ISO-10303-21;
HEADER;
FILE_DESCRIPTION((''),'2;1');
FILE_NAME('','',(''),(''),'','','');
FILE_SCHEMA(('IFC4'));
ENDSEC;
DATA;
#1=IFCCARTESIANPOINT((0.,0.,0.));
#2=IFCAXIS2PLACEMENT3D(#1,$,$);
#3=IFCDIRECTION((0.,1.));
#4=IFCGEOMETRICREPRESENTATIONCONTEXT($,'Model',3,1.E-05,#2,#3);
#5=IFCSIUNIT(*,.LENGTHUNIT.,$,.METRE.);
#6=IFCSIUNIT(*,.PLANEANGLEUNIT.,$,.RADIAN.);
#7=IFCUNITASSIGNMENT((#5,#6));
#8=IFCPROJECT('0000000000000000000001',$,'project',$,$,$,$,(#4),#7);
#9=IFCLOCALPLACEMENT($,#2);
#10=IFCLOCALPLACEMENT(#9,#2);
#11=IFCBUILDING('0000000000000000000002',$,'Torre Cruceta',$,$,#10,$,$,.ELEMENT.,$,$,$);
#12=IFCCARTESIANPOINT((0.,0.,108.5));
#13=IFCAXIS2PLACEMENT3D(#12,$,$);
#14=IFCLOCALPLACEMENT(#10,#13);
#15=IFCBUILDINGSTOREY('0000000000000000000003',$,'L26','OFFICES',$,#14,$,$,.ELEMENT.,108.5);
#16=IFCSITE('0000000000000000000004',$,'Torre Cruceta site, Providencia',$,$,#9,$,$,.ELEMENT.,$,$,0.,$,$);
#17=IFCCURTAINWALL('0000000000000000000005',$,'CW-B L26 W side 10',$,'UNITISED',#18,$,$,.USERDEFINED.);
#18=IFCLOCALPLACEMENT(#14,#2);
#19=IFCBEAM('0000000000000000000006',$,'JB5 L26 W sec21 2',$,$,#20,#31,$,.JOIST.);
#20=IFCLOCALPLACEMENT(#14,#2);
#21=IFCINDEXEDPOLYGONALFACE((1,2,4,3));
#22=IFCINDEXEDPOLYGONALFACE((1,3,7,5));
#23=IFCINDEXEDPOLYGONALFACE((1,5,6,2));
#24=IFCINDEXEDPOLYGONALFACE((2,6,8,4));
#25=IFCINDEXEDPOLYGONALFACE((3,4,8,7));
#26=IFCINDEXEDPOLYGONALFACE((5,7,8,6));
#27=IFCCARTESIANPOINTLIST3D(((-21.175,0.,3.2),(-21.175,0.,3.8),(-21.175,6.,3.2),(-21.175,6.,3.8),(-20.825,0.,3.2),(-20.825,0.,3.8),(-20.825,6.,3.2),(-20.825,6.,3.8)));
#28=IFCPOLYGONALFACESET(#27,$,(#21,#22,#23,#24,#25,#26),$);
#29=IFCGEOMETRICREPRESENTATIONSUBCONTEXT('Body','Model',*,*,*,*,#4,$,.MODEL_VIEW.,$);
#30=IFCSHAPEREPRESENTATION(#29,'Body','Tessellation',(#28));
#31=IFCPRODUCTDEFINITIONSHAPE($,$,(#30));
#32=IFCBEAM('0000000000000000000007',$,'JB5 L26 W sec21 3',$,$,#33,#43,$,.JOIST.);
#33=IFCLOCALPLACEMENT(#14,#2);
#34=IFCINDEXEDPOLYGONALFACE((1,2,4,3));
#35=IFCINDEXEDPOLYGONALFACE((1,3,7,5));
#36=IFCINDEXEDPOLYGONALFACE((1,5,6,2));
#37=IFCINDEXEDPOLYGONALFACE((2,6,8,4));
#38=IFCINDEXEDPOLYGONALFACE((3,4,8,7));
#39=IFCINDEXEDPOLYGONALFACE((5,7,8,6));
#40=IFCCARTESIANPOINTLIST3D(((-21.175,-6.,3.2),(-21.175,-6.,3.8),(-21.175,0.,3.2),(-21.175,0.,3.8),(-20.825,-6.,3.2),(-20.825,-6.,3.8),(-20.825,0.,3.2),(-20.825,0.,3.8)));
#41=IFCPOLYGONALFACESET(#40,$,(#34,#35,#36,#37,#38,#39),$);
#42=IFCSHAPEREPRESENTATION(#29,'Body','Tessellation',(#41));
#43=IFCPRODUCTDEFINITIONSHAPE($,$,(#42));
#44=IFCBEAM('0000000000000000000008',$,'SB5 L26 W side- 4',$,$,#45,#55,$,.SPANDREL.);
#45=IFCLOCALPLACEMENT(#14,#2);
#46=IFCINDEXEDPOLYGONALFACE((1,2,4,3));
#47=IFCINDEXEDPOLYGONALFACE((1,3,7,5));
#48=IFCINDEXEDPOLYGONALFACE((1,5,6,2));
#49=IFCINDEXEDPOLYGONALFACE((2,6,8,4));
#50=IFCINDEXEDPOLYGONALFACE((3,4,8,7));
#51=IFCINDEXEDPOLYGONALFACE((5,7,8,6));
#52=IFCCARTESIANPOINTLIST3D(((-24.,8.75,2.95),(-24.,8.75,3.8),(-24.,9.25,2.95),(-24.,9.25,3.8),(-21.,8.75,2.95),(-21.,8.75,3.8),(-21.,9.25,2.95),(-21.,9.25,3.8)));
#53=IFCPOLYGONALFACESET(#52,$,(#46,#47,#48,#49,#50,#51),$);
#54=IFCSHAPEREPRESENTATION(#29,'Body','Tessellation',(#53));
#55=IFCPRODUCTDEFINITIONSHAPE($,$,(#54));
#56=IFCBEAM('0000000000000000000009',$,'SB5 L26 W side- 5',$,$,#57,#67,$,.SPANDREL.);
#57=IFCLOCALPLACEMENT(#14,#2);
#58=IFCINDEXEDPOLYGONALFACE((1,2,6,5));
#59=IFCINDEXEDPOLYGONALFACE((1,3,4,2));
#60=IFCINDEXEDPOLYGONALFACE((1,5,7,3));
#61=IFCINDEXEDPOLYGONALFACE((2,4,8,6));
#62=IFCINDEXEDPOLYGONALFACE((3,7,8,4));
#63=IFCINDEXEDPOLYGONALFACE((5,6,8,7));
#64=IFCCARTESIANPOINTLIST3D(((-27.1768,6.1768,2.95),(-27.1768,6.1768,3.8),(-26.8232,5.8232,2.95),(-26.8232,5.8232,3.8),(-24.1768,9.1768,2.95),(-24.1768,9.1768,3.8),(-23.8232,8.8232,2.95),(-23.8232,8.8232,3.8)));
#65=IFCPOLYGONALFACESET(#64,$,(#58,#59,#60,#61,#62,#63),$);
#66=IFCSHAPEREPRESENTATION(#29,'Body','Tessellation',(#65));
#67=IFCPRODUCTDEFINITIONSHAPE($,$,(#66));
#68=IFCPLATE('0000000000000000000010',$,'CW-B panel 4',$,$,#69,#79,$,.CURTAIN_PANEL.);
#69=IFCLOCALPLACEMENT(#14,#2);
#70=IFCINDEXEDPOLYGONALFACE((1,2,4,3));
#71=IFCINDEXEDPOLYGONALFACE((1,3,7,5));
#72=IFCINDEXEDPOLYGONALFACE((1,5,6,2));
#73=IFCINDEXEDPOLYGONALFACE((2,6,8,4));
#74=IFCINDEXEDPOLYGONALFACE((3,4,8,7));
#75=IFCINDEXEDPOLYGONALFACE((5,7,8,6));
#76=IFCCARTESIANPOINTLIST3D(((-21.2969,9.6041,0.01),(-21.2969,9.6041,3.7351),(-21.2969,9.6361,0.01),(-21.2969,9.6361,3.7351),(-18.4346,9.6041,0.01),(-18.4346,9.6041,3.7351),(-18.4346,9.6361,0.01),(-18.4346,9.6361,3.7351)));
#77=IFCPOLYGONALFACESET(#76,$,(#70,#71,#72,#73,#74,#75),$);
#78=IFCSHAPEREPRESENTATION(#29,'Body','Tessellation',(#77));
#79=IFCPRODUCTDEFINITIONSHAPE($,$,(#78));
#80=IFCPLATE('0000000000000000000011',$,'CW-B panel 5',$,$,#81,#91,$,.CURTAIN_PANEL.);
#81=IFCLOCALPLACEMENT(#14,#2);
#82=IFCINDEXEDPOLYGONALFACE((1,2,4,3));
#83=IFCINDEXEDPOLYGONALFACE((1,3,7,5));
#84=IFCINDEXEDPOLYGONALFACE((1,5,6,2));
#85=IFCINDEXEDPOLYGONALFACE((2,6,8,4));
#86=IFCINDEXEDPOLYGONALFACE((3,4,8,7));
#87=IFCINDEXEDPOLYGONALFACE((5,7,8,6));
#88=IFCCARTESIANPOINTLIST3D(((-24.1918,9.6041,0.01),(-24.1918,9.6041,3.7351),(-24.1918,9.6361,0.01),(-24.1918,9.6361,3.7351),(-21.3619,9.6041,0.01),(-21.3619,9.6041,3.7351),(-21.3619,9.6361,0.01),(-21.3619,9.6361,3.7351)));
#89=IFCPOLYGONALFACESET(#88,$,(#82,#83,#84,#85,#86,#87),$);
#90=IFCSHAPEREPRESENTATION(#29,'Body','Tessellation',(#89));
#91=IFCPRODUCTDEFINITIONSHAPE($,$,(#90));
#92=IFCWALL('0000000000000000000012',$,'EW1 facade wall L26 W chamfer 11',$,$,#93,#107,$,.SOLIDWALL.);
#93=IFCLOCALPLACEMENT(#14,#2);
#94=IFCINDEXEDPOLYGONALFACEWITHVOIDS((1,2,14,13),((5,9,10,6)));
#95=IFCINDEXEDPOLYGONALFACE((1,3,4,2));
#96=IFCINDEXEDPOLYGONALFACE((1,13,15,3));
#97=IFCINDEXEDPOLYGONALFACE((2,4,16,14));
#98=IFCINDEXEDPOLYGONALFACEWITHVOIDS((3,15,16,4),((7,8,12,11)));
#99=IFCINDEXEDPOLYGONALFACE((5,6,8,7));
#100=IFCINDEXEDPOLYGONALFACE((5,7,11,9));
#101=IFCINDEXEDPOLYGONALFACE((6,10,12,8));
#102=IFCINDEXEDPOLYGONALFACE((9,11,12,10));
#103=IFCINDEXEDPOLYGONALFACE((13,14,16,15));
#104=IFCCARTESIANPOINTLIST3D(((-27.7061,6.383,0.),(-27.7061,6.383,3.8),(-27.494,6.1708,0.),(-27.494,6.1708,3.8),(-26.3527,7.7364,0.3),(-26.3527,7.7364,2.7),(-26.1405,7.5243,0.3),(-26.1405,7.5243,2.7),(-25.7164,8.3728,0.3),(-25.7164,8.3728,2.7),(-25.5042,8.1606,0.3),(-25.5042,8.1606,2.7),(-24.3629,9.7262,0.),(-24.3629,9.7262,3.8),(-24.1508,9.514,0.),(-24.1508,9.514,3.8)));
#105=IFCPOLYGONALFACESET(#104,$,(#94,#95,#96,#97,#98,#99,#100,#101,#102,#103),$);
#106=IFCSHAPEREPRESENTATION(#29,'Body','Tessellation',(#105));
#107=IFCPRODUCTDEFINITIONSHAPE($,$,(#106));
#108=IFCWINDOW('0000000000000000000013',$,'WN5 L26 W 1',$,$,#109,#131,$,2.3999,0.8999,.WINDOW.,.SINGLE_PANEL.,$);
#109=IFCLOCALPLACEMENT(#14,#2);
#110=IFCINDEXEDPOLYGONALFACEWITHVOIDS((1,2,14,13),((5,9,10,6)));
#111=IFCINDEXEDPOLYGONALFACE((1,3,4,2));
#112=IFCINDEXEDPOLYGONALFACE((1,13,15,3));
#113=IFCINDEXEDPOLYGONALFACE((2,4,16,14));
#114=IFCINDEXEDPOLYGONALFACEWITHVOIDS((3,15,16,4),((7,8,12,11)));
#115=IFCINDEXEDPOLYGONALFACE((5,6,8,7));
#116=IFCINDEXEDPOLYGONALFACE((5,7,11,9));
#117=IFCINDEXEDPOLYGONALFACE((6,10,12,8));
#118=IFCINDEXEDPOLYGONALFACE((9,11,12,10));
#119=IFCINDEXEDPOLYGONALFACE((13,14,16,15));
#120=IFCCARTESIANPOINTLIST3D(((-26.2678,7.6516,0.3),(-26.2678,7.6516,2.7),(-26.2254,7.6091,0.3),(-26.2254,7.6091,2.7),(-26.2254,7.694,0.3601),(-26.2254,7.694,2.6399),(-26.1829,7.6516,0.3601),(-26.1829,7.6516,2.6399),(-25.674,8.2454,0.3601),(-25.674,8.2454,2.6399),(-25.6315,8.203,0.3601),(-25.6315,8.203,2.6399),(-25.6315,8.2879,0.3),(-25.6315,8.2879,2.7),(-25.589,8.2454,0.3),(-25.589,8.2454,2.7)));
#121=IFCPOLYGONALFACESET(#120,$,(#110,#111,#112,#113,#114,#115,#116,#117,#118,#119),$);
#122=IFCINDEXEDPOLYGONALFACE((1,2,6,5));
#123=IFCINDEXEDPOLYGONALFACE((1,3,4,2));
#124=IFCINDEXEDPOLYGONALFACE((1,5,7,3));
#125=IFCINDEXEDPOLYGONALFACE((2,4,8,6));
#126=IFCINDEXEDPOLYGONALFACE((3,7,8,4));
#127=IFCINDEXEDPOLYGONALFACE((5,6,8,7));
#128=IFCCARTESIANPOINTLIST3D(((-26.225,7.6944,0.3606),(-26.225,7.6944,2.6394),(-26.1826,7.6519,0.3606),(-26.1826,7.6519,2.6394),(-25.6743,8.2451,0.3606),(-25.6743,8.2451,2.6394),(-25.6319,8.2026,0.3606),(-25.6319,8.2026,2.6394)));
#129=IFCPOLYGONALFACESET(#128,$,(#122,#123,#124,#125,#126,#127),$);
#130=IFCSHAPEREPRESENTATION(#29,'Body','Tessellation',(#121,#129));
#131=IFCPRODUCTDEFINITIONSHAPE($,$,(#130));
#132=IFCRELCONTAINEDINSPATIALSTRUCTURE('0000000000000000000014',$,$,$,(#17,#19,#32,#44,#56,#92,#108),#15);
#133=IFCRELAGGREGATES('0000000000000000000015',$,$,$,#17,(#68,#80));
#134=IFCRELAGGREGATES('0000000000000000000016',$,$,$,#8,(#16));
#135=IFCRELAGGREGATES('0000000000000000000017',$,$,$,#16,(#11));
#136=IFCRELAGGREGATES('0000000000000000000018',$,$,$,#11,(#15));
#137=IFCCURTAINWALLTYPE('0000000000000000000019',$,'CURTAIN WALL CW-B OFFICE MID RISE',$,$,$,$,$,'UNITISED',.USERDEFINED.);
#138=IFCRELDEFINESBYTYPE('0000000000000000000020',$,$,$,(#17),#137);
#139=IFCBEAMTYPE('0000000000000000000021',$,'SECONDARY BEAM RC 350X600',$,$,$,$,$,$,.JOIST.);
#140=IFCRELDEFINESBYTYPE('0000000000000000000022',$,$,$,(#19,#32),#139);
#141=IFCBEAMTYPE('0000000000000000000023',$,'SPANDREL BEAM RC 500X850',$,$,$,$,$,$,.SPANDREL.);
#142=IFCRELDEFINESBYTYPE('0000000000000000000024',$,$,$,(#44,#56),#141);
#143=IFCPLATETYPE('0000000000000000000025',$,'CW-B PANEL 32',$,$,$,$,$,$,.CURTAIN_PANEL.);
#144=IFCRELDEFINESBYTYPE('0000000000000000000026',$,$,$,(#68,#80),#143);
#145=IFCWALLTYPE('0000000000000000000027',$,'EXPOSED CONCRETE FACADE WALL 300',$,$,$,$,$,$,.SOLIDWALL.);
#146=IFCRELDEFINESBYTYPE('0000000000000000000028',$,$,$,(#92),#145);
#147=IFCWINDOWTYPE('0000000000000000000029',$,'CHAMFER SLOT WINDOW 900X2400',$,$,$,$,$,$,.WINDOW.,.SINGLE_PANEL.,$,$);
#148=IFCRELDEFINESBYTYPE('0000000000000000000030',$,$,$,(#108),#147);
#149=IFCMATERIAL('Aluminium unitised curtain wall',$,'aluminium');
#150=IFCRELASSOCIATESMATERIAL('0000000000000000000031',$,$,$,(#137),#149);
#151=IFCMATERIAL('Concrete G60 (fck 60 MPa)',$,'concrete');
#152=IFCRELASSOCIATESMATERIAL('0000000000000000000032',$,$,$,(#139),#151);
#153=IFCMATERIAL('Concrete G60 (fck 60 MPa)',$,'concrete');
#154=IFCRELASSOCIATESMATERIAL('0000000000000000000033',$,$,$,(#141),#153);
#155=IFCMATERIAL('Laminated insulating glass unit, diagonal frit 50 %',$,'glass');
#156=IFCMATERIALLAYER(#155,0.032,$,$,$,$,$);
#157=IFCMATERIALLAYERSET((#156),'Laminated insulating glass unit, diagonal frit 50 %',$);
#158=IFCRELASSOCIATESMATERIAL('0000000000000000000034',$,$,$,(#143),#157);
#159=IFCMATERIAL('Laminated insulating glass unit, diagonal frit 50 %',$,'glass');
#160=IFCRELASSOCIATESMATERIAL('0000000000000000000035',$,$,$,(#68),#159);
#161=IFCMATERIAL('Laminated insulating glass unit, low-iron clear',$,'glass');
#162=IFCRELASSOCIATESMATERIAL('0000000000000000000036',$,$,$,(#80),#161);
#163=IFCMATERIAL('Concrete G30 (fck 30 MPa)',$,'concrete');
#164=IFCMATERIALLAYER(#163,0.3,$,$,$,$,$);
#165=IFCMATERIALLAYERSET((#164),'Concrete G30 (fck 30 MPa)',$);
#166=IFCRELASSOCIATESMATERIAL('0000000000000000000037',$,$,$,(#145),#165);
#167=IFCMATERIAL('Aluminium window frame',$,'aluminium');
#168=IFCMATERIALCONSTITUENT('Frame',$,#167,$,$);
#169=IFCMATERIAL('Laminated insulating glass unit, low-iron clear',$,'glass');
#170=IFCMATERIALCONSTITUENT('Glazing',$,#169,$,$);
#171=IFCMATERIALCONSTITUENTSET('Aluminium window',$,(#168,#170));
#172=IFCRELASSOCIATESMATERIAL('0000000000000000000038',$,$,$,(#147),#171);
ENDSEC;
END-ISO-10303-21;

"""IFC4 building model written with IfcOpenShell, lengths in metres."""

from ifc_helpers import new_model, si_unit, direction, frame, frame_2d, origin, origin_2d, place, context, subcontext, project, spatial, rectangle, hollow_rectangle, extrude, material, layer, layer_set, constituent, constituent_set, material_profile, profile_set, type_object, element, fill, aggregate, save


model = new_model("IFC4")

# Units and contexts
model_context = context("Model", 3, precision=1e-05, world=origin(), true_north=direction((0.0, 1.0)))
body_context = subcontext(model_context, "Body", "Model", "MODEL_VIEW")
ifc_project = project(units=[si_unit("LENGTHUNIT", "METRE"), si_unit("PLANEANGLEUNIT", "RADIAN")], contexts=[model_context])

# Site, building, storey
site_placement = place(None, origin())
site = spatial("IfcSite", under=ifc_project, at=site_placement, Name="Torre Cruceta site, Providencia", CompositionType="ELEMENT", RefElevation=0.0)
building_placement = place(site_placement, origin())
building = spatial("IfcBuilding", under=site, at=building_placement, Name="Torre Cruceta", CompositionType="ELEMENT")
storey_placement = place(building_placement, frame((0.0, 0.0, 108.5)))
storey = spatial("IfcBuildingStorey", under=building, at=storey_placement, Name="L26", Description="OFFICES", CompositionType="ELEMENT", Elevation=108.5)

# Curtain wall
ifc_material_1 = material(Name="Aluminium unitised curtain wall", Category="aluminium")
curtain_wall_type = type_object("IfcCurtainWallType", Name="CURTAIN WALL CW-B OFFICE MID RISE", ElementType="UNITISED", PredefinedType="USERDEFINED", material=ifc_material_1)
curtain_wall_placement = place(storey_placement, origin())
curtain_wall = element("IfcCurtainWall", 1, at=curtain_wall_placement, inside=storey, type_object=curtain_wall_type, Name="CW-B L26 W side 10", ObjectType="UNITISED", PredefinedType="USERDEFINED")

# Beams
ifc_material_2 = material(Name="Concrete G60 (fck 60 MPa)", Category="concrete")
ifc_material_profile_1 = material_profile(ifc_material_2, rectangle(XDim=0.3501, YDim=0.6001, at=origin_2d()), Name="RC 350X600")
ifc_profile_set_1 = profile_set([ifc_material_profile_1], Name="Concrete G60 (fck 60 MPa)")
beam_type_1 = type_object("IfcBeamType", Name="SECONDARY BEAM RC 350X600", PredefinedType="JOIST", material=ifc_profile_set_1)
for number, where, z_axis, x_axis, name in (
    (2, (-21.0, 6.0, 3.5), (0.0, -1.0, 0.0), (1.0, 0.0, 0.0), "JB5 L26 W sec21 2"),
    (3, (-21.0, 0.0, 3.5), (0.0, -1.0, 0.0), (1.0, 0.0, 0.0), "JB5 L26 W sec21 3"),
):
    element("IfcBeam", number, at=place(storey_placement, frame(where, z_axis=z_axis, x_axis=x_axis)), inside=storey, type_object=beam_type_1, Name=name, PredefinedType="JOIST", context=body_context, shape_type="SweptSolid", body=[
        extrude(rectangle(XDim=0.3501, YDim=0.6001, at=origin_2d()), origin(), (0.0, 0.0, 1.0), 6.0),
    ])
ifc_material_3 = material(Name="Concrete G60 (fck 60 MPa)", Category="concrete")
ifc_material_profile_2 = material_profile(ifc_material_3, rectangle(XDim=0.5, YDim=0.8501, at=origin_2d()), Name="RC 500X850")
ifc_profile_set_2 = profile_set([ifc_material_profile_2], Name="Concrete G60 (fck 60 MPa)")
beam_type_2 = type_object("IfcBeamType", Name="SPANDREL BEAM RC 500X850", PredefinedType="SPANDREL", material=ifc_profile_set_2)
beam_1_placement = place(storey_placement, frame((-21.0, 9.0, 3.375), z_axis=(-1.0, 0.0, 0.0), x_axis=(0.0, -1.0, 0.0)))
element("IfcBeam", 4, at=beam_1_placement, inside=storey, type_object=beam_type_2, Name="SB5 L26 W side- 4", PredefinedType="SPANDREL", context=body_context, shape_type="SweptSolid", body=[
    extrude(rectangle(XDim=0.5, YDim=0.8501, at=origin_2d()), origin(), (0.0, 0.0, 1.0), 3.0),
])
beam_2_placement = place(storey_placement, frame((-24.0, 9.0, 3.375), z_axis=(-0.707107, -0.707107, 0.0), x_axis=(0.707107, -0.707107, 0.0)))
element("IfcBeam", 5, at=beam_2_placement, inside=storey, type_object=beam_type_2, Name="SB5 L26 W side- 5", PredefinedType="SPANDREL", context=body_context, shape_type="SweptSolid", body=[
    extrude(rectangle(XDim=0.5, YDim=0.8501, at=origin_2d()), origin(), (0.0, 0.0, 1.0), 4.2427),
])

# Plates
ifc_material_4 = material(Name="Laminated insulating glass unit, diagonal frit 50 %", Category="glass")
ifc_material_5 = material(Name="Laminated insulating glass unit, diagonal frit 50 %", Category="glass")
ifc_layer_1 = layer(ifc_material_5, 0.032)
ifc_layer_set_1 = layer_set([ifc_layer_1], Name="Laminated insulating glass unit, diagonal frit 50 %")
plate_type = type_object("IfcPlateType", Name="CW-B PANEL 32", PredefinedType="CURTAIN_PANEL", material=ifc_layer_set_1)
plate_1_placement = place(storey_placement, frame((-19.8657, 9.6201, 0.01), z_axis=(0.0, 0.0, 1.0), x_axis=(-1.0, 0.0, 0.0)))
plate_1 = element("IfcPlate", 6, at=plate_1_placement, type_object=plate_type, material=ifc_material_4, Name="CW-B panel 4", PredefinedType="CURTAIN_PANEL", context=body_context, shape_type="SweptSolid", body=[
    extrude(rectangle(XDim=2.8623, YDim=0.032, at=origin_2d()), origin(), (0.0, 0.0, 1.0), 3.7251),
])
ifc_material_6 = material(Name="Laminated insulating glass unit, low-iron clear", Category="glass")
plate_2_placement = place(storey_placement, frame((-22.7769, 9.6201, 0.01), z_axis=(0.0, 0.0, 1.0), x_axis=(-1.0, 0.0, 0.0)))
plate_2 = element("IfcPlate", 7, at=plate_2_placement, type_object=plate_type, material=ifc_material_6, Name="CW-B panel 5", PredefinedType="CURTAIN_PANEL", context=body_context, shape_type="SweptSolid", body=[
    extrude(rectangle(XDim=2.8298, YDim=0.032, at=origin_2d()), origin(), (0.0, 0.0, 1.0), 3.7251),
])
aggregate(curtain_wall, [plate_1, plate_2])

# Wall, opening, window
ifc_material_7 = material(Name="Concrete G30 (fck 30 MPa)", Category="concrete")
ifc_layer_2 = layer(ifc_material_7, 0.3)
ifc_layer_set_2 = layer_set([ifc_layer_2], Name="Concrete G30 (fck 30 MPa)")
wall_type_1 = type_object("IfcWallType", Name="EXPOSED CONCRETE FACADE WALL 300", PredefinedType="SOLIDWALL", material=ifc_layer_set_2)
wall_1_placement = place(storey_placement, frame((-24.2568, 9.6201, 0.0), z_axis=(0.0, 0.0, 1.0), x_axis=(-0.707107, -0.707107, 0.0)))
wall_1 = element("IfcWall", 8, at=wall_1_placement, inside=storey, type_object=wall_type_1, Name="EW1 facade wall L26 W chamfer 11", PredefinedType="SOLIDWALL", context=body_context, shape_type="SweptSolid", body=[
    extrude(rectangle(XDim=4.728, YDim=0.3, at=frame_2d((2.364, 0.0))), origin(), (0.0, 0.0, 1.0), 3.8),
])
opening_1_placement = place(wall_1_placement, frame((1.9141, 0.0, 0.3)))
opening_1 = element("IfcOpeningElement", 9, at=opening_1_placement, cuts=wall_1, PredefinedType="OPENING", context=body_context, shape_type="SweptSolid", body=[
    extrude(rectangle(XDim=0.8999, YDim=2.3999, at=frame_2d((0.45, 1.2))), frame((0.0, 0.1599, 0.0), z_axis=(0.0, -1.0, 0.0), x_axis=(1.0, 0.0, 0.0)), (0.0, 0.0, 1.0), 0.3201),
])
ifc_material_8 = material(Name="Aluminium window frame", Category="aluminium")
ifc_constituent_1 = constituent(ifc_material_8, Name="Frame")
ifc_material_9 = material(Name="Laminated insulating glass unit, low-iron clear", Category="glass")
ifc_constituent_2 = constituent(ifc_material_9, Name="Glazing")
ifc_constituent_set_1 = constituent_set(constituents=[ifc_constituent_1, ifc_constituent_2], Name="Aluminium window")
window_type_1 = type_object("IfcWindowType", Name="CHAMFER SLOT WINDOW 900X2400", PartitioningType="SINGLE_PANEL", PredefinedType="WINDOW", material=ifc_constituent_set_1)
window_1_placement = place(opening_1_placement, origin())
window_1 = element("IfcWindow", 10, at=window_1_placement, inside=storey, type_object=window_type_1, Name="WN5 L26 W 1", OverallHeight=2.3999, OverallWidth=0.8999, PartitioningType="SINGLE_PANEL", PredefinedType="WINDOW", context=body_context, shape_type="SweptSolid", body=[
    extrude(hollow_rectangle(XDim=0.8999, YDim=2.3999, WallThickness=0.0601, at=frame_2d((0.45, 1.2))), frame((0.0, 0.03, 0.0), z_axis=(0.0, -1.0, 0.0), x_axis=(1.0, 0.0, 0.0)), (0.0, 0.0, 1.0), 0.0601),
    extrude(rectangle(XDim=0.7788, YDim=2.2788, at=frame_2d((0.45, 1.2))), frame((0.0, 0.03, 0.0), z_axis=(0.0, -1.0, 0.0), x_axis=(1.0, 0.0, 0.0)), (0.0, 0.0, 1.0), 0.0601),
])
fill(opening_1, window_1)

save(model, "model.ifc")
